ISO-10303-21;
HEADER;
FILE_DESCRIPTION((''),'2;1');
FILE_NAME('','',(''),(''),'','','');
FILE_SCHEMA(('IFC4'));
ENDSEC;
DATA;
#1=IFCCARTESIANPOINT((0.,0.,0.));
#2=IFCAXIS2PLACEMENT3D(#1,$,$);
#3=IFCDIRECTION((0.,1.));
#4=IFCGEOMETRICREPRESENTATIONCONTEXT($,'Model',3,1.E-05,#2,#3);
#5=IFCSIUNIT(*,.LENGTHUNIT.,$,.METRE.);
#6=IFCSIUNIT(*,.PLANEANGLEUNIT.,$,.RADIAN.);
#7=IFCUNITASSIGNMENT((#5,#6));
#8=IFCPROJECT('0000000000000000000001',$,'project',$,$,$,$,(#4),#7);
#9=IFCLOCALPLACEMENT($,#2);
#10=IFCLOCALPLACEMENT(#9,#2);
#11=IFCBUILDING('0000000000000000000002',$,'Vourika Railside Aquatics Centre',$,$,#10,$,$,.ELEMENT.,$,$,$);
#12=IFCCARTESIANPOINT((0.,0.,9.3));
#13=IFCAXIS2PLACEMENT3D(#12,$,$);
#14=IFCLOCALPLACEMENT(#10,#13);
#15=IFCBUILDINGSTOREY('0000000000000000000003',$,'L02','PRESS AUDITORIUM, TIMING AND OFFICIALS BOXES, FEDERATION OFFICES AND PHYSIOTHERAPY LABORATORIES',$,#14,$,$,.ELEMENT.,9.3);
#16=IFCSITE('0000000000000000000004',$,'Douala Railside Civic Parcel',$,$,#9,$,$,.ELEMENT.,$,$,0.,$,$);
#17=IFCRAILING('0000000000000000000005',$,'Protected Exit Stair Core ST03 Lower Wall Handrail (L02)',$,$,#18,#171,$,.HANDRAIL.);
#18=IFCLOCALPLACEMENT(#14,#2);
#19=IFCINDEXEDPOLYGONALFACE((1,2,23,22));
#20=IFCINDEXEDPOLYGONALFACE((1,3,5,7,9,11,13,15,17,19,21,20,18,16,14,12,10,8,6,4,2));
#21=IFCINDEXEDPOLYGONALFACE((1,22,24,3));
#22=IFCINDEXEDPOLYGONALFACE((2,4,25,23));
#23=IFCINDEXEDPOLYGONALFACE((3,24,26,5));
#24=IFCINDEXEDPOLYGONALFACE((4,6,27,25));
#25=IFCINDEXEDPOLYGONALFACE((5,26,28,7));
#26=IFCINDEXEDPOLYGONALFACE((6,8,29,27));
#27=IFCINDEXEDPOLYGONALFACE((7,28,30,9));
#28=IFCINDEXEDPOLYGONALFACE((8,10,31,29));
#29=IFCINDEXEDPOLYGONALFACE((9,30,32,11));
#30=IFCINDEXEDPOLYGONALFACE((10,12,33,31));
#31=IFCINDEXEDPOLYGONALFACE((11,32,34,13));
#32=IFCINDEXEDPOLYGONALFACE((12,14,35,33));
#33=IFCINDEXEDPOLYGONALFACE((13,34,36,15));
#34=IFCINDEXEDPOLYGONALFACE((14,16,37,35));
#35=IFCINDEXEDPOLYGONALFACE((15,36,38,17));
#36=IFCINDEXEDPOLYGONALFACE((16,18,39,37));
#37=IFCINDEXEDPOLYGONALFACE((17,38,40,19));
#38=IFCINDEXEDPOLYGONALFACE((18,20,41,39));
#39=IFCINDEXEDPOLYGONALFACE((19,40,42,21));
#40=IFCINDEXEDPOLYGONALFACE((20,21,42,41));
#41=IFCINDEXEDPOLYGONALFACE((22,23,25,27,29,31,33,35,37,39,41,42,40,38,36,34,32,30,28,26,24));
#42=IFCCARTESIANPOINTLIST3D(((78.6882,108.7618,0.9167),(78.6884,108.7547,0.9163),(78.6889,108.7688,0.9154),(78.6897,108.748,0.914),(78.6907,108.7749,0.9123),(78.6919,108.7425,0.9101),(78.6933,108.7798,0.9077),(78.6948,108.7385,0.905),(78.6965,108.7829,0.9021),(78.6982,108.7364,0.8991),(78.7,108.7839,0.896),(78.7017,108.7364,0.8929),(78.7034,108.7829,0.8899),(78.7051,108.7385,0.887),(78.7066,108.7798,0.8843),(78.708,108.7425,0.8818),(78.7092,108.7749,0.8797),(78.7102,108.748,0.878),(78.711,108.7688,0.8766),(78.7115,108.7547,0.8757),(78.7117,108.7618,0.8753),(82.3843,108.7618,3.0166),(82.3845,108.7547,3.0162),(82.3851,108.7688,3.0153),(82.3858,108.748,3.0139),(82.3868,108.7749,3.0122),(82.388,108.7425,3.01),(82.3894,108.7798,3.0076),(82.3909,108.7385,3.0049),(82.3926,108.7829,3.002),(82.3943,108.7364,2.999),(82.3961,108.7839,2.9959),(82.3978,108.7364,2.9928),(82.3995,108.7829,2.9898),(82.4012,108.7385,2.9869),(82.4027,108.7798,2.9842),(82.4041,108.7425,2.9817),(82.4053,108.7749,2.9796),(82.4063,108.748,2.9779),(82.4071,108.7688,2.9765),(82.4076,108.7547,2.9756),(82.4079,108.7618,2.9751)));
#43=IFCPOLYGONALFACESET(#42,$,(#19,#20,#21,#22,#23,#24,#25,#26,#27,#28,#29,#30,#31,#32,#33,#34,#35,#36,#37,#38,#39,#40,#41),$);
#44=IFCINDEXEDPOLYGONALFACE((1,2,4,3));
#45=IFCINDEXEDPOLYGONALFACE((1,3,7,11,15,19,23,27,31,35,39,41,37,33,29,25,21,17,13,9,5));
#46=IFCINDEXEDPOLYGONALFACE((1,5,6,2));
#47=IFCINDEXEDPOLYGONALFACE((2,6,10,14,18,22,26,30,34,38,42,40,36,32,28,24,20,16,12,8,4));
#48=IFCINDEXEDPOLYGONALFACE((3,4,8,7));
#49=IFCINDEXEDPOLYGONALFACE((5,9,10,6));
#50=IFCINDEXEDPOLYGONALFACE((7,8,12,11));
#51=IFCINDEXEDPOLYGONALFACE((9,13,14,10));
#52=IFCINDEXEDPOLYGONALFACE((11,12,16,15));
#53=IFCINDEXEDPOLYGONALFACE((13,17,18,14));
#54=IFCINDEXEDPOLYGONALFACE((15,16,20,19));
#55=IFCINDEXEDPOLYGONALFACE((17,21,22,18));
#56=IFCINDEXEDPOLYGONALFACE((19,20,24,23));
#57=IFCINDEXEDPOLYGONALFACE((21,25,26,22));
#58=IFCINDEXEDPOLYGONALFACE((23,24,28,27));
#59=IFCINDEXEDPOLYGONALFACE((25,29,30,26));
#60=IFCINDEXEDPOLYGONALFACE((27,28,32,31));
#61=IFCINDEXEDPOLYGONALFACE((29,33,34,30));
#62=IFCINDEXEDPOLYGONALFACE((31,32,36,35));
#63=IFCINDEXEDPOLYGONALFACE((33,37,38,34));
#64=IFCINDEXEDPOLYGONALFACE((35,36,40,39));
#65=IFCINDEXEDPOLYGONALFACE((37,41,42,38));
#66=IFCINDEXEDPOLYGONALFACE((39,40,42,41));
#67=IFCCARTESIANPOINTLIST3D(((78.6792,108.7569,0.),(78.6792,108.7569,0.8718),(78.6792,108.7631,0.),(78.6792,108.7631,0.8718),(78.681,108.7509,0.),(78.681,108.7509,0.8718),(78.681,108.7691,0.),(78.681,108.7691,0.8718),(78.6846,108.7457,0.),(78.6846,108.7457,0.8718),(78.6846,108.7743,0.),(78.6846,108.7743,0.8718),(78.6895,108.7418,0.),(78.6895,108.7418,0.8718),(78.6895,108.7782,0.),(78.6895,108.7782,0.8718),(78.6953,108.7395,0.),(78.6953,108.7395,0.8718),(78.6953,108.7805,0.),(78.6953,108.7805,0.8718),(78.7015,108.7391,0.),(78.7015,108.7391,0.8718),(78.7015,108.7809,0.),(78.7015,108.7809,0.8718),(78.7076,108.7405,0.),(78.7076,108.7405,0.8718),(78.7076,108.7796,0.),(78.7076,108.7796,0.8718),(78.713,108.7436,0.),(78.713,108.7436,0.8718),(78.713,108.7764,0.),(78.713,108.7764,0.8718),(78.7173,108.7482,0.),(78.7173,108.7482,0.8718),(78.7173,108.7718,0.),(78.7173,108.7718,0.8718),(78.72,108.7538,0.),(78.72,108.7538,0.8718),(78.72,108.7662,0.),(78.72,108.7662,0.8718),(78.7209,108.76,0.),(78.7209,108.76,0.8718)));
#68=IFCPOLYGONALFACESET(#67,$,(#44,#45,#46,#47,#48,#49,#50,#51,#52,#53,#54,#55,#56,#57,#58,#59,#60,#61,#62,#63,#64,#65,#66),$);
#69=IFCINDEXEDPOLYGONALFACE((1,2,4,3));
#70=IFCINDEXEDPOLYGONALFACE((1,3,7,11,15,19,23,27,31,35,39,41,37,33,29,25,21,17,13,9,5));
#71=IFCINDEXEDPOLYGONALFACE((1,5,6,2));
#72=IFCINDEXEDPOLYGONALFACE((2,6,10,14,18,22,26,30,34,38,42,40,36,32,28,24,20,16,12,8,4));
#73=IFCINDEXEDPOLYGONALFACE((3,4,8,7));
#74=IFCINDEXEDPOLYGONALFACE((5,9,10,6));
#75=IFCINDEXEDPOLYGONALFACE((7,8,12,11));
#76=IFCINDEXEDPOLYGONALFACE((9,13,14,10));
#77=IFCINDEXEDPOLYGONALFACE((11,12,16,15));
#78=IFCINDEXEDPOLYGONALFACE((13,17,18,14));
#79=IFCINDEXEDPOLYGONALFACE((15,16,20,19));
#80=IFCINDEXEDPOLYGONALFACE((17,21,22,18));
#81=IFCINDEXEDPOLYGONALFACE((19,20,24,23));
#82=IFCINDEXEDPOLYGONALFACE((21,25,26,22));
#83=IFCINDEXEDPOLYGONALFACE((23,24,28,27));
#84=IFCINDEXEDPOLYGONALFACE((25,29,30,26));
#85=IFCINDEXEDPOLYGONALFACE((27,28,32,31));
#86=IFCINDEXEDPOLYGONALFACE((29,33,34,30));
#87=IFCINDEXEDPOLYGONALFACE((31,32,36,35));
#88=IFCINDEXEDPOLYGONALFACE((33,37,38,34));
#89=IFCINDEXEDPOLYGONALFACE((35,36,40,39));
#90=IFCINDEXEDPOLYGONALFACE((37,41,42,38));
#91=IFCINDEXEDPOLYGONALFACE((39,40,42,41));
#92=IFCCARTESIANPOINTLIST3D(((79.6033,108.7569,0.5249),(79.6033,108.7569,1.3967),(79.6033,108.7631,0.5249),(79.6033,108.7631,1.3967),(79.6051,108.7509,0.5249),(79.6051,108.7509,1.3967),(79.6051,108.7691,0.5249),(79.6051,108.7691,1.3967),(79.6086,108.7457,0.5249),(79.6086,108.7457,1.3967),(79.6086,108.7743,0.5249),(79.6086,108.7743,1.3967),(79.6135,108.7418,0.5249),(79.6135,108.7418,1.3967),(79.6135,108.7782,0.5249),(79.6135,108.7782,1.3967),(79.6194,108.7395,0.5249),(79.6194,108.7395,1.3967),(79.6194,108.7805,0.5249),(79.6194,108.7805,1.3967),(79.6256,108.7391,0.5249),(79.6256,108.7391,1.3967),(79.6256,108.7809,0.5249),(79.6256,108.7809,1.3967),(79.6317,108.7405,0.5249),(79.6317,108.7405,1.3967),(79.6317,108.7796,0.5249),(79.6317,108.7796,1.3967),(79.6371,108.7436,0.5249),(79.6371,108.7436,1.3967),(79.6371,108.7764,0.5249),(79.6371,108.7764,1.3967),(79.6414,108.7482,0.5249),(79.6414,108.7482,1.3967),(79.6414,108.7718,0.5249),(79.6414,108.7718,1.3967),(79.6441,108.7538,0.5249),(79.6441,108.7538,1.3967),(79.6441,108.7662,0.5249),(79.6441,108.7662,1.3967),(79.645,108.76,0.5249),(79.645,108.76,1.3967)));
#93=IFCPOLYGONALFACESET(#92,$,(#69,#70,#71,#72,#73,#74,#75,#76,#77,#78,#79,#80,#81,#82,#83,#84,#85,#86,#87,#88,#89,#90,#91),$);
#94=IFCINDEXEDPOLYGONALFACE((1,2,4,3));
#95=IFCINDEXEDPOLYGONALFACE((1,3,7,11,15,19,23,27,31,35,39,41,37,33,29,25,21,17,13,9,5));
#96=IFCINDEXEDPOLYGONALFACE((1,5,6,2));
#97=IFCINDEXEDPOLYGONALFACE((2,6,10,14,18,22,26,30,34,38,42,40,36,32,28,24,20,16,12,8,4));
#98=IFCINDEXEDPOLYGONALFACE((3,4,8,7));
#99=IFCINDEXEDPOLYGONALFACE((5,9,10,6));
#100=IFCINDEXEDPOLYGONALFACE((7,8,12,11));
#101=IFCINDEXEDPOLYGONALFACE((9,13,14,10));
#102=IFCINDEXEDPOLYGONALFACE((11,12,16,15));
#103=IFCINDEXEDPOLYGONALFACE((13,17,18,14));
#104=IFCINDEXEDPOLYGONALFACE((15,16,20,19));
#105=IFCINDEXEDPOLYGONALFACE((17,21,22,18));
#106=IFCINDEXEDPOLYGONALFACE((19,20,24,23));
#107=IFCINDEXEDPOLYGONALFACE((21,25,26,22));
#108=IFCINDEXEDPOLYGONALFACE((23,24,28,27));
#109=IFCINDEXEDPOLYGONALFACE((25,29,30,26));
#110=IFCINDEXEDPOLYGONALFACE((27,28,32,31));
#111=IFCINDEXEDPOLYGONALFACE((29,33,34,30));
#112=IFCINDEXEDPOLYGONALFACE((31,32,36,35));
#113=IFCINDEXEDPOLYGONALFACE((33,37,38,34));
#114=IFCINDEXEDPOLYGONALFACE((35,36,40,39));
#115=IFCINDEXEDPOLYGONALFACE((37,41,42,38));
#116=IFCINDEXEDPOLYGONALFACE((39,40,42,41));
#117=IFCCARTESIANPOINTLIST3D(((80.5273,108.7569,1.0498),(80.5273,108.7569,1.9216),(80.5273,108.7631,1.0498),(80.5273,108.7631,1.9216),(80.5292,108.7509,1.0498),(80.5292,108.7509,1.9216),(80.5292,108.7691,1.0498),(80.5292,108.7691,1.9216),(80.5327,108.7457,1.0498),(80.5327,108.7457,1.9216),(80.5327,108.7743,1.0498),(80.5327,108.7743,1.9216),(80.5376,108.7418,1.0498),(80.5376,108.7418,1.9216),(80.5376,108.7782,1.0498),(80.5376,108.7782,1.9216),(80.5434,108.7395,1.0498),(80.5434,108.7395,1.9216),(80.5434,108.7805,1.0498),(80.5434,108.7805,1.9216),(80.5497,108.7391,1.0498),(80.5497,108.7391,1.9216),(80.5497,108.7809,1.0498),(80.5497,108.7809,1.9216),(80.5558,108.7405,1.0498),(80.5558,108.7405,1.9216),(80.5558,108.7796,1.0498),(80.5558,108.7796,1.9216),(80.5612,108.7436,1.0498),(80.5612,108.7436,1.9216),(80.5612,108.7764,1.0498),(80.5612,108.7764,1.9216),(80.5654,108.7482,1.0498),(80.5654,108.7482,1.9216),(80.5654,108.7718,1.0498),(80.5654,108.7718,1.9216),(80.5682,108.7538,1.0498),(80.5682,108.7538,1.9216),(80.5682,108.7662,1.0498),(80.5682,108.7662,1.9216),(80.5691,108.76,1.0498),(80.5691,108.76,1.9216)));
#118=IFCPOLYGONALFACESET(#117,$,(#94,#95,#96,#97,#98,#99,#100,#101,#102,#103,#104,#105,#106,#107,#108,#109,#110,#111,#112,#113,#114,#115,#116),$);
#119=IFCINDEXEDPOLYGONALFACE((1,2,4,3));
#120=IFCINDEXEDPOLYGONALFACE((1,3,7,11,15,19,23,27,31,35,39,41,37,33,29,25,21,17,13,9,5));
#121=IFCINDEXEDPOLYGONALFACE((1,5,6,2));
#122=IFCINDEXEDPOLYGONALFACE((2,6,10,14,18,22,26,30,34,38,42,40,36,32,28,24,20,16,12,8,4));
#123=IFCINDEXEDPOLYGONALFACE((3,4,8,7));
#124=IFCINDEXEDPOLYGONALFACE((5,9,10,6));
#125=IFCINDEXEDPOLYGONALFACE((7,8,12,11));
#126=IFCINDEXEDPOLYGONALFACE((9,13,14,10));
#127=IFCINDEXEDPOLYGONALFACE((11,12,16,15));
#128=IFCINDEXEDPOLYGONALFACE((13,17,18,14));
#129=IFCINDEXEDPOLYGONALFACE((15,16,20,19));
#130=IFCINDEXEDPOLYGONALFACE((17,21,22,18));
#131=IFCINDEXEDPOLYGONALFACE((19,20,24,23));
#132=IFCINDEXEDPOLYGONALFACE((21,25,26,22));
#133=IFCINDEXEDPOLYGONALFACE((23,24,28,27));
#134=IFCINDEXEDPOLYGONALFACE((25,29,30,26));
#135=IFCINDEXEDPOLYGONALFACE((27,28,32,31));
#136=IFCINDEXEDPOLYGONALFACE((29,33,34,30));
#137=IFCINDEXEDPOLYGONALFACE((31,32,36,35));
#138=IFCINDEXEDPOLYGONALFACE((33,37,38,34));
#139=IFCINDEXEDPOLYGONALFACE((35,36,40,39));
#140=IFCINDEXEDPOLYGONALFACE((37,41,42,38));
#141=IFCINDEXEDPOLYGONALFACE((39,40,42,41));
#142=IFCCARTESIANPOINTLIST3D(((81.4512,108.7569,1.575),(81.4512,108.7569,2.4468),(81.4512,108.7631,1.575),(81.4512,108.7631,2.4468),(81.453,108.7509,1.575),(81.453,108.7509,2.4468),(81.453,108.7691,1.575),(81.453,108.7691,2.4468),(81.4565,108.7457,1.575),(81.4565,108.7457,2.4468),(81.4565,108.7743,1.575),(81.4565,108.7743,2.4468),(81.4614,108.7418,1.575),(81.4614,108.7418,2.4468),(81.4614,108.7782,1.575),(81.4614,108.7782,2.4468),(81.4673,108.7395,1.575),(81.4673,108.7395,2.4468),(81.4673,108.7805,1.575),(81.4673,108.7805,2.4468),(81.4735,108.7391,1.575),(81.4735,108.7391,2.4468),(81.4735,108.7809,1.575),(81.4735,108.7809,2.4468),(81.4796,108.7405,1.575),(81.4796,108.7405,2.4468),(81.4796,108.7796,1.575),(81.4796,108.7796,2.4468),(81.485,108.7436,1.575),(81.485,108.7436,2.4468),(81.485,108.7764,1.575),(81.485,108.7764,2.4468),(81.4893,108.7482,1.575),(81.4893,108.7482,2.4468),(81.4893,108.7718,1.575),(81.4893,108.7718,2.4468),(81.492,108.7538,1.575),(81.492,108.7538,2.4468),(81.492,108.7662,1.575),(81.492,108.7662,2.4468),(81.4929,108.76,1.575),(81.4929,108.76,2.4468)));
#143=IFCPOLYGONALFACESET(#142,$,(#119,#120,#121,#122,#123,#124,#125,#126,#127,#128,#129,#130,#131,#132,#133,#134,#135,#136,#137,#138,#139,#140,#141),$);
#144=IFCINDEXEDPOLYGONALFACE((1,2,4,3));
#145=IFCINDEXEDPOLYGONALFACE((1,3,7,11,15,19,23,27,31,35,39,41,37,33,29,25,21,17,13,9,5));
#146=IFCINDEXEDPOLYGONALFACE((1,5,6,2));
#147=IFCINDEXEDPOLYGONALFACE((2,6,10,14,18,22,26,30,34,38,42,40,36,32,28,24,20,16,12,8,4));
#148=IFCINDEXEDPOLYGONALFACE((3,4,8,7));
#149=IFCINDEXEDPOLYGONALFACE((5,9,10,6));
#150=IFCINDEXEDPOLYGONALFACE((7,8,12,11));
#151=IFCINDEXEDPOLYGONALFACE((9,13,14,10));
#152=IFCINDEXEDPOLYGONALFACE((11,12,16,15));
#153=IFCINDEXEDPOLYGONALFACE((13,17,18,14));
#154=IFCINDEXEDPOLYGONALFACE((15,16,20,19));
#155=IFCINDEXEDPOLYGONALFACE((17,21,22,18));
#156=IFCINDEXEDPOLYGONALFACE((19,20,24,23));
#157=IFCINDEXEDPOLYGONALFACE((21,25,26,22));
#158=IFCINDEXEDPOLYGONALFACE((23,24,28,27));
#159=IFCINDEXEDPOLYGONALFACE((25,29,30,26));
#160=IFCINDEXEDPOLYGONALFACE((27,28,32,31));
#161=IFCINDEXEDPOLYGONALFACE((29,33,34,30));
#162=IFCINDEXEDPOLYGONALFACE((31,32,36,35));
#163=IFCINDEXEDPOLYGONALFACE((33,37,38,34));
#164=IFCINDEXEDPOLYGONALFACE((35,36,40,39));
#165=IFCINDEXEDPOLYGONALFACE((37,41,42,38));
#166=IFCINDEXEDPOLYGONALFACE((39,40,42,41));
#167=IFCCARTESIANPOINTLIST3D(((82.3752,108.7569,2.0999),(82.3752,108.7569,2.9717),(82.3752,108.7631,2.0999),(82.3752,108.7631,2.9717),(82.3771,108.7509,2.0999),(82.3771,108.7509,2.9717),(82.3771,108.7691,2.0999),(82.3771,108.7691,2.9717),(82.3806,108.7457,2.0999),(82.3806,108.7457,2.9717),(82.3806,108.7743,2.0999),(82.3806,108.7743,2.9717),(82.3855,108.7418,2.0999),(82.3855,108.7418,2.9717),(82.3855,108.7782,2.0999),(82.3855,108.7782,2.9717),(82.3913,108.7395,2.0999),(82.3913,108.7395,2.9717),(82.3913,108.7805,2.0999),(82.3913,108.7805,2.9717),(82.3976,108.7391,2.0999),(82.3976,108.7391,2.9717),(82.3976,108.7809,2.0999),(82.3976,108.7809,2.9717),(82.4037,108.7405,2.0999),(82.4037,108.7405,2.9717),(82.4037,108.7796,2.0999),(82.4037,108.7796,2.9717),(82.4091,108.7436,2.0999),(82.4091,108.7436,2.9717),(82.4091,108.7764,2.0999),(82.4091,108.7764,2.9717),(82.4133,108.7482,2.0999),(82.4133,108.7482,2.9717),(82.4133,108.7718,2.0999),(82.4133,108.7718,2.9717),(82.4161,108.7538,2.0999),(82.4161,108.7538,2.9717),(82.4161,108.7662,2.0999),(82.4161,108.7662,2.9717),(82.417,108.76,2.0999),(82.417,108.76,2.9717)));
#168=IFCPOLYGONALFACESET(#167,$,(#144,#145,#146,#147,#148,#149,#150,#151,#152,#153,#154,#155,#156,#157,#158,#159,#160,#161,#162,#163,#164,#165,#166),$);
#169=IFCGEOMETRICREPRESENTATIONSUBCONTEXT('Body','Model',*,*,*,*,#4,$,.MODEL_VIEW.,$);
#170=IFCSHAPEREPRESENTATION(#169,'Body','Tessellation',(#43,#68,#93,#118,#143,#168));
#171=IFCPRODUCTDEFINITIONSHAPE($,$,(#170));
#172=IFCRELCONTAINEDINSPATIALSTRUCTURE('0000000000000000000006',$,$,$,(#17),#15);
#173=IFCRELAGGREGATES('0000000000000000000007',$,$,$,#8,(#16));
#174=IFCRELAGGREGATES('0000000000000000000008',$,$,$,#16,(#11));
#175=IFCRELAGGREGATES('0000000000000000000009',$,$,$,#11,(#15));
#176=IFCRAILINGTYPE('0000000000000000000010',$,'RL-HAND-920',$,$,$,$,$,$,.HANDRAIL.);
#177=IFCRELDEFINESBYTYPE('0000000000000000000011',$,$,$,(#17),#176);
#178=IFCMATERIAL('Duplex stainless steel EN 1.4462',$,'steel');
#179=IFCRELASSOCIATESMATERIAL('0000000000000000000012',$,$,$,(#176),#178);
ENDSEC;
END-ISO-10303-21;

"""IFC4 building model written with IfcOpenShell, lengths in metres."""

from ifc_helpers import new_model, si_unit, direction, frame, origin, origin_2d, place, context, subcontext, project, spatial, circle, extrude, material, type_object, element, save


model = new_model("IFC4")

# Units and contexts
model_context = context("Model", 3, precision=1e-05, world=origin(), true_north=direction((0.0, 1.0)))
body_context = subcontext(model_context, "Body", "Model", "MODEL_VIEW")
ifc_project = project(units=[si_unit("LENGTHUNIT", "METRE"), si_unit("PLANEANGLEUNIT", "RADIAN")], contexts=[model_context])

# Site, building, storey
site_placement = place(None, origin())
site = spatial("IfcSite", under=ifc_project, at=site_placement, Name="Douala Railside Civic Parcel", CompositionType="ELEMENT", RefElevation=0.0)
building_placement = place(site_placement, origin())
building = spatial("IfcBuilding", under=site, at=building_placement, Name="Vourika Railside Aquatics Centre", CompositionType="ELEMENT")
storey_placement = place(building_placement, frame((0.0, 0.0, 9.3)))
storey = spatial("IfcBuildingStorey", under=building, at=storey_placement, Name="L02", Description="PRESS AUDITORIUM, TIMING AND OFFICIALS BOXES, FEDERATION OFFICES AND PHYSIOTHERAPY LABORATORIES", CompositionType="ELEMENT", Elevation=9.3)

# Railing
ifc_material_1 = material(Name="Duplex stainless steel EN 1.4462", Category="steel")
railing_type_1 = type_object("IfcRailingType", Name="RL-HAND-920", PredefinedType="HANDRAIL", material=ifc_material_1)
railing_1_placement = place(storey_placement, frame((78.7, 108.76, 0.0)))
element("IfcRailing", 1, at=railing_1_placement, inside=storey, type_object=railing_type_1, Name="Protected Exit Stair Core ST03 Lower Wall Handrail (L02)", PredefinedType="HANDRAIL", context=body_context, shape_type="SweptSolid", body=[
    extrude(circle(Radius=0.0239, at=origin_2d()), frame((0.0, 0.0, 0.896), z_axis=(0.869474, 0.0, 0.493979), x_axis=(0.0, 1.0, 0.0)), (0.0, 0.0, 1.0), 4.251),
    extrude(circle(Radius=0.021, at=origin_2d()), origin(), (0.0, 0.0, 1.0), 0.8718),
    extrude(circle(Radius=0.021, at=origin_2d()), frame((0.9241, 0.0, 0.5249)), (0.0, 0.0, 1.0), 0.8718),
    extrude(circle(Radius=0.021, at=origin_2d()), frame((1.8481, 0.0, 1.0498)), (0.0, 0.0, 1.0), 0.8718),
    extrude(circle(Radius=0.021, at=origin_2d()), frame((2.772, 0.0, 1.575)), (0.0, 0.0, 1.0), 0.8718),
    extrude(circle(Radius=0.021, at=origin_2d()), frame((3.696, 0.0, 2.0999)), (0.0, 0.0, 1.0), 0.8718),
])

save(model, "model.ifc")
